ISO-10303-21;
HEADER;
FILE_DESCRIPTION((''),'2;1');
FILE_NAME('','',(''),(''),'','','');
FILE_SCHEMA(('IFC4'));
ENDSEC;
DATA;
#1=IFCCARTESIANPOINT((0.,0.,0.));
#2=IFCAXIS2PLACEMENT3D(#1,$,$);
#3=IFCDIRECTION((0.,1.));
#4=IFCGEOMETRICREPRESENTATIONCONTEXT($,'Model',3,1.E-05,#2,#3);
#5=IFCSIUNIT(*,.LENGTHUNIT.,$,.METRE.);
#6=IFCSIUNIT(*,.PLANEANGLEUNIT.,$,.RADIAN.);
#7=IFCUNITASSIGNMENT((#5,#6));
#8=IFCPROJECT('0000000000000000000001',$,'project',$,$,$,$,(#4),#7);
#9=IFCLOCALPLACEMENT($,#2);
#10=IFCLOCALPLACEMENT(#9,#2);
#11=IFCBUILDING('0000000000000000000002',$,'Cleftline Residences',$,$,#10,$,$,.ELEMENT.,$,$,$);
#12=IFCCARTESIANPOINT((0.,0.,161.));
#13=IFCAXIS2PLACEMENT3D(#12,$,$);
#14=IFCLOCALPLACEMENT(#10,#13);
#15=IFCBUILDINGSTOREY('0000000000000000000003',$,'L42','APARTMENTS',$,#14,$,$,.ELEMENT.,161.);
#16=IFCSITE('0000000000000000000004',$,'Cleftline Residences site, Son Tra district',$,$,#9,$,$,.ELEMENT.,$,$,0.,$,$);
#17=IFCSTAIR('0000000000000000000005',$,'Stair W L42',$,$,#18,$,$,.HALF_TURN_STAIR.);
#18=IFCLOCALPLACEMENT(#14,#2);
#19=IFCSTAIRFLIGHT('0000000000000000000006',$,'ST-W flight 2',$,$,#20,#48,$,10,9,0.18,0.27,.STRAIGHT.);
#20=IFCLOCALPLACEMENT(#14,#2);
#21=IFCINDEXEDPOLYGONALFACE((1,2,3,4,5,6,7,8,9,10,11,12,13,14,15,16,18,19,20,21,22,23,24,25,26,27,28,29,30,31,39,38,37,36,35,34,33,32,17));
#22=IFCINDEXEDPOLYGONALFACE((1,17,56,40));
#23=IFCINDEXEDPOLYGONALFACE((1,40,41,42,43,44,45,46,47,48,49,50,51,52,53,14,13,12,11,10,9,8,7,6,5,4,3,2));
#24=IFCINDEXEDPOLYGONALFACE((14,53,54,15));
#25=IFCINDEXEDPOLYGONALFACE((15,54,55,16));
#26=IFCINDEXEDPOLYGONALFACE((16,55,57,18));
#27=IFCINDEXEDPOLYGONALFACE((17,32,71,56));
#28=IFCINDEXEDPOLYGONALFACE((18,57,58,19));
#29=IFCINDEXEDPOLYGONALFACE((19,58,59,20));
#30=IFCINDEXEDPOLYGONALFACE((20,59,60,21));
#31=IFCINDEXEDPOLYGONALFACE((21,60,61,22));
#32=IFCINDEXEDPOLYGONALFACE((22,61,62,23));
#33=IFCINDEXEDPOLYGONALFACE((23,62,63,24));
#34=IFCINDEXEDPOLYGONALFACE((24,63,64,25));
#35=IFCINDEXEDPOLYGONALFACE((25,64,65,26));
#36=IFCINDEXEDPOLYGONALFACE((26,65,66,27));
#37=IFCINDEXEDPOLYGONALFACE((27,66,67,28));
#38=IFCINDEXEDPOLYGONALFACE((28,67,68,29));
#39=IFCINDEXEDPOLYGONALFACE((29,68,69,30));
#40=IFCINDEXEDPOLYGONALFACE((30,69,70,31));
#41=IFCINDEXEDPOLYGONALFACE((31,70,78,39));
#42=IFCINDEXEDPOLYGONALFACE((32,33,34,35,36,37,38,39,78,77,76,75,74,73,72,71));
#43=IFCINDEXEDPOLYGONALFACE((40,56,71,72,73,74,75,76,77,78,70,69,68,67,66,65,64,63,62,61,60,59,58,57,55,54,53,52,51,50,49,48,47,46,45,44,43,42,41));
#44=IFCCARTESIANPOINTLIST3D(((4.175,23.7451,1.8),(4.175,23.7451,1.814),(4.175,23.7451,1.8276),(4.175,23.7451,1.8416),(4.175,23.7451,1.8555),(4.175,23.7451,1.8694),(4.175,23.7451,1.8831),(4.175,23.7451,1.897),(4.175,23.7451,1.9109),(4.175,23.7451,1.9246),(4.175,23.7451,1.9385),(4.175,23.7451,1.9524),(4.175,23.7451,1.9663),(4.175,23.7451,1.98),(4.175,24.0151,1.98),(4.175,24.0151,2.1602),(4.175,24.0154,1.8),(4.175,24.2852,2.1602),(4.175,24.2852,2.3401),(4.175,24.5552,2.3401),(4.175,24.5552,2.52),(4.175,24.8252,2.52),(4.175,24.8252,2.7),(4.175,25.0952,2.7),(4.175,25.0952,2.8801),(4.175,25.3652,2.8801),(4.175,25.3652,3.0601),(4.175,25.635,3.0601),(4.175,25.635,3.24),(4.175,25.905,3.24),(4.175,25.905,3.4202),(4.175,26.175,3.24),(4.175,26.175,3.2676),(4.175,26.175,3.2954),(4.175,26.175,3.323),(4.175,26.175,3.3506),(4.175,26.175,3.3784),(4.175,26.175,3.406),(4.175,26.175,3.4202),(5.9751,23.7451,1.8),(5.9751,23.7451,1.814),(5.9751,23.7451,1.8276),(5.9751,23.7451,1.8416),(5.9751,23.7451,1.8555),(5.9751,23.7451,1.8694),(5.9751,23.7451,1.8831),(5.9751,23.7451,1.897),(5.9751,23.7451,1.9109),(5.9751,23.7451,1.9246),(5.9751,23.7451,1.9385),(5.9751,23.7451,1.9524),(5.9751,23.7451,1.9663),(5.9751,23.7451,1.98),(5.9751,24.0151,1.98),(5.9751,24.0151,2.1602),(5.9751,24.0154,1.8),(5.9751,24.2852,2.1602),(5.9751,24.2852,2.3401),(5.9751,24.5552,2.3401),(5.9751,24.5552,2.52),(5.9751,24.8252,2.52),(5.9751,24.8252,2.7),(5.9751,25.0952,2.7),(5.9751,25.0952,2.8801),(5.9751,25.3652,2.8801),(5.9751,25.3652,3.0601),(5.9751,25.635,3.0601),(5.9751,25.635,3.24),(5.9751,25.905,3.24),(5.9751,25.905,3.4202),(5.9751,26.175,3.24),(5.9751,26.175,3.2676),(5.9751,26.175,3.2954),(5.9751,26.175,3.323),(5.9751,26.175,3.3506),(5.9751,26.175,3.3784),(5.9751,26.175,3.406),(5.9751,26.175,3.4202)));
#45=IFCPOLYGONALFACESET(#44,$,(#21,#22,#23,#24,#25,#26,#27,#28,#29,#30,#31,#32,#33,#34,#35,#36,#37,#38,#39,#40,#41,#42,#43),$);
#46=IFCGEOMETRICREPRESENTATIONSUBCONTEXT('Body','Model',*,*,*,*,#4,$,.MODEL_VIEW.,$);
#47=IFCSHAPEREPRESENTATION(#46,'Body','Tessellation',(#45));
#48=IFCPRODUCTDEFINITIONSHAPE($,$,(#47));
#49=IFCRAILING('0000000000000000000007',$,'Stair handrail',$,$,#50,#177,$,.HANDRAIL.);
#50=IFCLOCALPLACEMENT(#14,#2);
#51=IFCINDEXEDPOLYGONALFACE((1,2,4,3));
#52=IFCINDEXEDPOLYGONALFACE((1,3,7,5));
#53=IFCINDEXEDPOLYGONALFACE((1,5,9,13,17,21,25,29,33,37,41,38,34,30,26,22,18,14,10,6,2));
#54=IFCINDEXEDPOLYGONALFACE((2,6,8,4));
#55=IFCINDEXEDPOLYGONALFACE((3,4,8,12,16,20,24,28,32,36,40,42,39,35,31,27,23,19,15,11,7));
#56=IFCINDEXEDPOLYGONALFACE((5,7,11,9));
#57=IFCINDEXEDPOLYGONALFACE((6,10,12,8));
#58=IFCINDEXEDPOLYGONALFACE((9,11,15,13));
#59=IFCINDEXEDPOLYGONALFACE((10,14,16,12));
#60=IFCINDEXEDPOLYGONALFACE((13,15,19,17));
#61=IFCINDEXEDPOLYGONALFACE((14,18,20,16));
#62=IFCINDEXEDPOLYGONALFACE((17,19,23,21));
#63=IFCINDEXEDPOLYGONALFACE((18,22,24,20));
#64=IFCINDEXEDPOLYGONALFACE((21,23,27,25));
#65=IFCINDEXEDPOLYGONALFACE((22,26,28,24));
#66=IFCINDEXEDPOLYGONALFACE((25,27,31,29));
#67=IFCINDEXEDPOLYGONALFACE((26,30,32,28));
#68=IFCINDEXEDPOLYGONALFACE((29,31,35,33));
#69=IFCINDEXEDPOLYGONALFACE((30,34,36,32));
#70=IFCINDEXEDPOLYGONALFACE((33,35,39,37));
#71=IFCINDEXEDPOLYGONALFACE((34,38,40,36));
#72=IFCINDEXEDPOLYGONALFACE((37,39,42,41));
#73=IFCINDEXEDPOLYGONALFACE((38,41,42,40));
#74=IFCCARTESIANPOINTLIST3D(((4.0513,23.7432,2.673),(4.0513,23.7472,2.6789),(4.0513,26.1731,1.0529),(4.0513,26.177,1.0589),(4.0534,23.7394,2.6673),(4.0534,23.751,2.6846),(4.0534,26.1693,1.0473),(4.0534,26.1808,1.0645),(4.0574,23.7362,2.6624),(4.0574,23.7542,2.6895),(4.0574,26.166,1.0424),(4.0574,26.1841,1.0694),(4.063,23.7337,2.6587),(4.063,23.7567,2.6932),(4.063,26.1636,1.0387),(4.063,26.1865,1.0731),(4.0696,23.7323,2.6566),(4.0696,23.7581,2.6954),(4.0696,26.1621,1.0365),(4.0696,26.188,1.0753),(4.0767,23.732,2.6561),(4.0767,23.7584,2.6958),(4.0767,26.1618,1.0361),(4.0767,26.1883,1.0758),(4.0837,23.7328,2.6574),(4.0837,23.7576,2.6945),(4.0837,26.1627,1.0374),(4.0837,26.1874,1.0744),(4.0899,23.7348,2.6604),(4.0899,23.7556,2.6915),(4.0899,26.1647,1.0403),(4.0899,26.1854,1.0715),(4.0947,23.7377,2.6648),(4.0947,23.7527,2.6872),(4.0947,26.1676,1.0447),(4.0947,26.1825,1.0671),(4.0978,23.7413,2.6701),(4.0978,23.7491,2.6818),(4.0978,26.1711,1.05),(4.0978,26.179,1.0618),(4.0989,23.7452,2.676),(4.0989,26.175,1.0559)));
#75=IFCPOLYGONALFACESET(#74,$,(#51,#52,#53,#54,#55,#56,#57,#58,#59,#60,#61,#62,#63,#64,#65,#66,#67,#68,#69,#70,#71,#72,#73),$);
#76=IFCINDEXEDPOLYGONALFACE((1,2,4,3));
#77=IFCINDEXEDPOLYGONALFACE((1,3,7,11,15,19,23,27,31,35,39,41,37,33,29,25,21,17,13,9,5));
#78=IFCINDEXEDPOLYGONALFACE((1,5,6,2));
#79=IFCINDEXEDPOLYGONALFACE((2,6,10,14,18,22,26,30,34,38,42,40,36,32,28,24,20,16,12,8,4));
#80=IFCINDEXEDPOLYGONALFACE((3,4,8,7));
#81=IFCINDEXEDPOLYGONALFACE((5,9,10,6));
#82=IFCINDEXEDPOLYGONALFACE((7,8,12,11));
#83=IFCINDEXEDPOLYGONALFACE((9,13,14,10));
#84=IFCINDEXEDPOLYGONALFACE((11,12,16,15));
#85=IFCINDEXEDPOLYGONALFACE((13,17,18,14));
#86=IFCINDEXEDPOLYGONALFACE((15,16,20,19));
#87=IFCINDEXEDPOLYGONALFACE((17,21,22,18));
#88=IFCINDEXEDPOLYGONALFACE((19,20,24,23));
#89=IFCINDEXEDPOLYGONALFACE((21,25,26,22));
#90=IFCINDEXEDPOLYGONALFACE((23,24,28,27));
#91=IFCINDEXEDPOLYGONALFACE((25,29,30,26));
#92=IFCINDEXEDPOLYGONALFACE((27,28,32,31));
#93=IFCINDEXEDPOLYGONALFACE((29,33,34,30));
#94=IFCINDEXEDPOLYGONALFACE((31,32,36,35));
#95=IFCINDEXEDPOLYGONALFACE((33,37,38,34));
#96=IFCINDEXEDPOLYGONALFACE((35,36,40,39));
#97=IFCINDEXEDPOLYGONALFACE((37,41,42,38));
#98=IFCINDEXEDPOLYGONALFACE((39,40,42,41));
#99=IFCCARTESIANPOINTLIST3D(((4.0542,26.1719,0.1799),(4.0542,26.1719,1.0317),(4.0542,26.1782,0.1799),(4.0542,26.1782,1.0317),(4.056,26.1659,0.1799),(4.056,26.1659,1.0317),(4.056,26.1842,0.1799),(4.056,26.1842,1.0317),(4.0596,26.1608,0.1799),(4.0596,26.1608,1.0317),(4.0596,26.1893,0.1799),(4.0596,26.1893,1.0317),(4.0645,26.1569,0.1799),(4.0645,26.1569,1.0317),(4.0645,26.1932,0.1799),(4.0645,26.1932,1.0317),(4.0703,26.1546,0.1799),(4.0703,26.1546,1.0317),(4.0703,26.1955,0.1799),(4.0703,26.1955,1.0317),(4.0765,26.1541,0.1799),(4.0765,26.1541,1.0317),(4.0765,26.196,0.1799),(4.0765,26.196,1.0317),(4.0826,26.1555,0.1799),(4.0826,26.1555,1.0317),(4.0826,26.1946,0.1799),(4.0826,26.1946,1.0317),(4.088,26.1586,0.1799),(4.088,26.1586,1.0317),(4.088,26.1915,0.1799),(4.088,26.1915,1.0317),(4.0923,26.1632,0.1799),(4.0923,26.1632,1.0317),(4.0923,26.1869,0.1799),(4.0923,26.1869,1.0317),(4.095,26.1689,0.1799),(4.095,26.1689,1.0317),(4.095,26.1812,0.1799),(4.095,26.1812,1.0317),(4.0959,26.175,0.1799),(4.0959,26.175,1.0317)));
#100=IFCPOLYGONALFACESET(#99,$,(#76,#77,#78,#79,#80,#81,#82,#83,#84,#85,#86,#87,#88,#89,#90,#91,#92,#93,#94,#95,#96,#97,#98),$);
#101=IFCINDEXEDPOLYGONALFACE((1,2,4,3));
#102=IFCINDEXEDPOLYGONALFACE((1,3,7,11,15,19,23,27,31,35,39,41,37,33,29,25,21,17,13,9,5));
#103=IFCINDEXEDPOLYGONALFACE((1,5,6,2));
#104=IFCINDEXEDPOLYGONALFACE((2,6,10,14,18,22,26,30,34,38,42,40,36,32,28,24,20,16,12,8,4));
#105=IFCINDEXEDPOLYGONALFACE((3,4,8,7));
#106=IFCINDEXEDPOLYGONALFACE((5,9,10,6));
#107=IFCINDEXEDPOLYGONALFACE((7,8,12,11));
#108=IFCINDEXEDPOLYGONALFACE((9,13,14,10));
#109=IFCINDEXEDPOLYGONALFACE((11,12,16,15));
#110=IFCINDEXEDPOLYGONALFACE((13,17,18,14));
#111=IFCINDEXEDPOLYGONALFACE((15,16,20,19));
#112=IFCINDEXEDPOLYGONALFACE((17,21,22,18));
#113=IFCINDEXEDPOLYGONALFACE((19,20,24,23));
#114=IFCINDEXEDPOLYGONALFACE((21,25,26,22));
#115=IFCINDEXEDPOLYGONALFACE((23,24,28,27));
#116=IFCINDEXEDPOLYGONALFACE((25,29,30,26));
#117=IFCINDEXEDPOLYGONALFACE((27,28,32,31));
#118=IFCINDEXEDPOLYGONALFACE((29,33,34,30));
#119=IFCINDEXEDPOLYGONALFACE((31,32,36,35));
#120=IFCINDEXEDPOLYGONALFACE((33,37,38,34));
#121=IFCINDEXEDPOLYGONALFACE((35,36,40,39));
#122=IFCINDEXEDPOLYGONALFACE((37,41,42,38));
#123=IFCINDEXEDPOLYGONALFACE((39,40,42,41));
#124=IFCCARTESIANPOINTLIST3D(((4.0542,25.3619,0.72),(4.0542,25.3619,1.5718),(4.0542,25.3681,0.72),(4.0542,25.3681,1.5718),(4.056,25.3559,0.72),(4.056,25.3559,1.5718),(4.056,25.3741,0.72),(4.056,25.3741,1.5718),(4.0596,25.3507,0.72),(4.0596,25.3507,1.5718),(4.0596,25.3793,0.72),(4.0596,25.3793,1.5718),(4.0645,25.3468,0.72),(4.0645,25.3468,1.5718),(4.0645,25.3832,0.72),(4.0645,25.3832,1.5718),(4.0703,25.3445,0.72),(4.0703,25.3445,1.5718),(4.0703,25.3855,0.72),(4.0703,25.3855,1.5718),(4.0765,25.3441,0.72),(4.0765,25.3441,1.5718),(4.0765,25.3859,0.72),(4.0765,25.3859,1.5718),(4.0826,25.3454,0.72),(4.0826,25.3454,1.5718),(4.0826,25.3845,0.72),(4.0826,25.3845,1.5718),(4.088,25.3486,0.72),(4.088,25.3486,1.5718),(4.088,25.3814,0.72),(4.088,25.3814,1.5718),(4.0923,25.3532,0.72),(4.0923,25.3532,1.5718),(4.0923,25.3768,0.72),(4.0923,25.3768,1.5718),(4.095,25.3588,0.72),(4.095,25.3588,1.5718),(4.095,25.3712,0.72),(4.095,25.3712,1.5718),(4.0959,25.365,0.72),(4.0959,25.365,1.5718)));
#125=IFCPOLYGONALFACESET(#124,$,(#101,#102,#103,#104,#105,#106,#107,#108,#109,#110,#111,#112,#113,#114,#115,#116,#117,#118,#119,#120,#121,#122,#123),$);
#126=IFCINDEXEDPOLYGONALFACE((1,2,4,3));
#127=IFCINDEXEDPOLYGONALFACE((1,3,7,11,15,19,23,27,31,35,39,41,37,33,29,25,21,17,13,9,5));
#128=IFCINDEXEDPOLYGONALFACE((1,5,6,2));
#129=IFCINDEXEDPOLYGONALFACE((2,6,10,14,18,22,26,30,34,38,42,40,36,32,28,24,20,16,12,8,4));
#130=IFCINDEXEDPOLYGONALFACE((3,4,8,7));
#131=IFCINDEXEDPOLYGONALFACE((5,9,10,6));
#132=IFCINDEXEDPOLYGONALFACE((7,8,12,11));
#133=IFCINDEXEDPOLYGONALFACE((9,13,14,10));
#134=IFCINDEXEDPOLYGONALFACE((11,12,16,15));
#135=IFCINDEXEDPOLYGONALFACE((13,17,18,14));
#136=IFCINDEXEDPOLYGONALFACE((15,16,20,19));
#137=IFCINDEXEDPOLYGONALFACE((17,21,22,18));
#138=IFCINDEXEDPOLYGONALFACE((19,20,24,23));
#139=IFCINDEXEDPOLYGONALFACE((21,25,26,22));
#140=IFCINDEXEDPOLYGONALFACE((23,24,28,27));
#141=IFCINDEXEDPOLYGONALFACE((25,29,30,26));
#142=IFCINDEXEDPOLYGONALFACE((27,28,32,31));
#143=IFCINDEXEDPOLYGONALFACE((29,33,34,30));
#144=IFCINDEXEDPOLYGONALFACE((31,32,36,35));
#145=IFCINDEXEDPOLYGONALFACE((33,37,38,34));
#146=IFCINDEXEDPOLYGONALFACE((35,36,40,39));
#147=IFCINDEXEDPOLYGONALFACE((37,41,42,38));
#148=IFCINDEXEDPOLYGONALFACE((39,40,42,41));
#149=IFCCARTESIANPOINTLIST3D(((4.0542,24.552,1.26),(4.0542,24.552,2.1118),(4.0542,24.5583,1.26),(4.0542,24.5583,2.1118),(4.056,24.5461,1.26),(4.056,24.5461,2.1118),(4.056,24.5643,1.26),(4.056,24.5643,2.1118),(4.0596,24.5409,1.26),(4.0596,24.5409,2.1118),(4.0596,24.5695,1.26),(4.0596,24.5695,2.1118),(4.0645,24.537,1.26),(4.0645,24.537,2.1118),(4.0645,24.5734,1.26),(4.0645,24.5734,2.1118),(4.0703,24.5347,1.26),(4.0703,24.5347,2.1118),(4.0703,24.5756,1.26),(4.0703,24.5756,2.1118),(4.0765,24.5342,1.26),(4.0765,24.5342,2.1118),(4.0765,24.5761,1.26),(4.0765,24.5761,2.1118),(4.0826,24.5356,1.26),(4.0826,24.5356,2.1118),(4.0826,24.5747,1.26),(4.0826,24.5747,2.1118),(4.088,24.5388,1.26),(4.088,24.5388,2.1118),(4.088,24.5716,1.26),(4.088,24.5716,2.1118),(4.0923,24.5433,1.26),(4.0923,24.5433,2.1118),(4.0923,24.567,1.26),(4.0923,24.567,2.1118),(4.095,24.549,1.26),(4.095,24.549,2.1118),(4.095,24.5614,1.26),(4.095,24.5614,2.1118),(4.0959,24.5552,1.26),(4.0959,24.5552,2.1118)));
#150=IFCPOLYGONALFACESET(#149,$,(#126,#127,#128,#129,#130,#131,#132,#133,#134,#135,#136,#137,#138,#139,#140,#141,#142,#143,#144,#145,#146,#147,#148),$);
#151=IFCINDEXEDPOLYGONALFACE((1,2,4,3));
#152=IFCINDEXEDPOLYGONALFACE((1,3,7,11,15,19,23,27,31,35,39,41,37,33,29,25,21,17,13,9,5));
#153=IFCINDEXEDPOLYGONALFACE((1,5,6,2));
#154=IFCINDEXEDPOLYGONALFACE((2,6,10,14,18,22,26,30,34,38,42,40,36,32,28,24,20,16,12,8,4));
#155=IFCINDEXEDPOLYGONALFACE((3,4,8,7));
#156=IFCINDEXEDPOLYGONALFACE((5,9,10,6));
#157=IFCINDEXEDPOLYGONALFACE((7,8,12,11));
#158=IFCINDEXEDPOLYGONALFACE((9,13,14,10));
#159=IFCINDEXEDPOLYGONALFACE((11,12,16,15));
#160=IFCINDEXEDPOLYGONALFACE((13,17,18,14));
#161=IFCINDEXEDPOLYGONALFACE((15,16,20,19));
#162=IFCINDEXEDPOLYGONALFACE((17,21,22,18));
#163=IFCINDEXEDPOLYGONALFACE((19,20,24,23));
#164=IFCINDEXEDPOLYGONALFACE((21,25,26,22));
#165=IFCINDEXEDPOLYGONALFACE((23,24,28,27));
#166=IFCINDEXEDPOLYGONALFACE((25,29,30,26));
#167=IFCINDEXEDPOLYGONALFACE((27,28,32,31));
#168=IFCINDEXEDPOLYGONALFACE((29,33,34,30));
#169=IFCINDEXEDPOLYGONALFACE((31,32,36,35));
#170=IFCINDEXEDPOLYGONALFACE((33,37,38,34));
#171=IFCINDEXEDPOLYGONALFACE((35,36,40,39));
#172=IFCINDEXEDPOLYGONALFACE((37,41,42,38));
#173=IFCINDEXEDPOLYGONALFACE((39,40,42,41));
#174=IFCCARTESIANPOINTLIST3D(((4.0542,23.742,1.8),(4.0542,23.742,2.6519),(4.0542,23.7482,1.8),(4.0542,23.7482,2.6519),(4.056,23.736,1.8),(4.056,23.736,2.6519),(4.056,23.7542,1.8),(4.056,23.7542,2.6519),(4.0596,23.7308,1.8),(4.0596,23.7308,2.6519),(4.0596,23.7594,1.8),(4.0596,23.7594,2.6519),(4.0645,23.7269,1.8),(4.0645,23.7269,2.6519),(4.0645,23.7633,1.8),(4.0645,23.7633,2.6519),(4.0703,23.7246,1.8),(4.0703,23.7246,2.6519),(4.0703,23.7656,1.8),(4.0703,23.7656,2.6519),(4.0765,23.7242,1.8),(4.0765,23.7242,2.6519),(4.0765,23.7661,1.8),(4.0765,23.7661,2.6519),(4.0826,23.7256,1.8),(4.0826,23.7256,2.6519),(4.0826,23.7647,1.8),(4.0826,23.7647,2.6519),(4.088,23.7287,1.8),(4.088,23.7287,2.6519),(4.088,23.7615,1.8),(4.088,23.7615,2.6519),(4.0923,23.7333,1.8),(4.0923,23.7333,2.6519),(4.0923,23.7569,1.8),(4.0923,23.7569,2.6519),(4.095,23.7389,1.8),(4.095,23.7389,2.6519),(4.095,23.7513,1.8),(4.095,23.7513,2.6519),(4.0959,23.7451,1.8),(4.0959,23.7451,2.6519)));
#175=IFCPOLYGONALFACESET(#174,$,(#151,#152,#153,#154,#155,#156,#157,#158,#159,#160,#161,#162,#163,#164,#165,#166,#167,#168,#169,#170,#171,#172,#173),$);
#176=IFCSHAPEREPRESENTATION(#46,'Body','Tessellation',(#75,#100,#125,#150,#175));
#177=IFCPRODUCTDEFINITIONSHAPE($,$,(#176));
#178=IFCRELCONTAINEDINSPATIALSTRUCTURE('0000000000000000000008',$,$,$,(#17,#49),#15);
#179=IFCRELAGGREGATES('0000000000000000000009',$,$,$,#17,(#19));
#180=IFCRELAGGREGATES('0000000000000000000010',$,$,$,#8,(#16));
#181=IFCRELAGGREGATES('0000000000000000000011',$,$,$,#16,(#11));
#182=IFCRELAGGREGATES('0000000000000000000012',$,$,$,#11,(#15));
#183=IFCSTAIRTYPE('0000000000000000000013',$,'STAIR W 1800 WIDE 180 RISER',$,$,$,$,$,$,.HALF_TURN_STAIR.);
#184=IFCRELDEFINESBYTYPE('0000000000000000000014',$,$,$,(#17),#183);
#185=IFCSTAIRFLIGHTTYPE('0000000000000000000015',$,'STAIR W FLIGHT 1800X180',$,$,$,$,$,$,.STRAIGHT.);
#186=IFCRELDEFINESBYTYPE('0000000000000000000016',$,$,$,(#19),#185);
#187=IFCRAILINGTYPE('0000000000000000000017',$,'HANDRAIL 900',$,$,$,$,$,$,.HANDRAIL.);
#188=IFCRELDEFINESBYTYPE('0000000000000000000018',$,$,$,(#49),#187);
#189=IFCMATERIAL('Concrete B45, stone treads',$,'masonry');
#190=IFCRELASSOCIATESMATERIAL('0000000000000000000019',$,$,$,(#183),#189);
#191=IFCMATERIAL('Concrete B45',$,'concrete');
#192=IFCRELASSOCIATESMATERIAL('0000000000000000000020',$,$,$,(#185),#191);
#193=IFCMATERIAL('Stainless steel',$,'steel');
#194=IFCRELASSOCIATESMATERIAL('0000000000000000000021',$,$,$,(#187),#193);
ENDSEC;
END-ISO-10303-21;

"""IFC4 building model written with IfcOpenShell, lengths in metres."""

from ifc_helpers import new_model, si_unit, direction, frame, origin, origin_2d, place, context, subcontext, project, spatial, polyline, circle, outline, extrude, material, type_object, element, aggregate, save


model = new_model("IFC4")

# Units and contexts
model_context = context("Model", 3, precision=1e-05, world=origin(), true_north=direction((0.0, 1.0)))
body_context = subcontext(model_context, "Body", "Model", "MODEL_VIEW")
ifc_project = project(units=[si_unit("LENGTHUNIT", "METRE"), si_unit("PLANEANGLEUNIT", "RADIAN")], contexts=[model_context])

# Site, building, storey
site_placement = place(None, origin())
site = spatial("IfcSite", under=ifc_project, at=site_placement, Name="Cleftline Residences site, Son Tra district", CompositionType="ELEMENT", RefElevation=0.0)
building_placement = place(site_placement, origin())
building = spatial("IfcBuilding", under=site, at=building_placement, Name="Cleftline Residences", CompositionType="ELEMENT")
storey_placement = place(building_placement, frame((0.0, 0.0, 161.0)))
storey = spatial("IfcBuildingStorey", under=building, at=storey_placement, Name="L42", Description="APARTMENTS", CompositionType="ELEMENT", Elevation=161.0)

# Stair, stair flight
ifc_material_1 = material(Name="Concrete B45, stone treads", Category="masonry")
stair_type = type_object("IfcStairType", Name="STAIR W 1800 WIDE 180 RISER", PredefinedType="HALF_TURN_STAIR", material=ifc_material_1)
stair_placement = place(storey_placement, origin())
stair = element("IfcStair", 1, at=stair_placement, inside=storey, type_object=stair_type, Name="Stair W L42", PredefinedType="HALF_TURN_STAIR")
ifc_material_2 = material(Name="Concrete B45", Category="concrete")
stair_flight_type = type_object("IfcStairFlightType", Name="STAIR W FLIGHT 1800X180", PredefinedType="STRAIGHT", material=ifc_material_2)
stair_flight_1_placement = place(storey_placement, frame((5.075, 23.7451, 1.8), z_axis=(0.0, 0.0, 1.0), x_axis=(0.0, 1.0, 0.0)))
stair_flight_1 = element("IfcStairFlight", 2, at=stair_flight_1_placement, type_object=stair_flight_type, Name="ST-W flight 2", NumberOfRisers=10, NumberOfTreads=9, PredefinedType="STRAIGHT", RiserHeight=0.18, TreadLength=0.27, context=body_context, shape_type="SweptSolid", body=[
    extrude(outline(polyline([(0.0, 0.0), (0.0, 0.0139), (0.0, 0.0276), (0.0, 0.0415), (0.0, 0.0554), (0.0, 0.0693), (0.0, 0.083), (0.0, 0.0969), (0.0, 0.1108), (0.0, 0.1245), (0.0, 0.1384), (0.0, 0.1523), (0.0, 0.1663), (0.0, 0.1799), (0.27, 0.1799), (0.27, 0.3601), (0.54, 0.3601), (0.54, 0.54), (0.8101, 0.54), (0.8101, 0.72), (1.0801, 0.72), (1.0801, 0.8999), (1.3501, 0.8999), (1.3501, 1.0801), (1.6201, 1.0801), (1.6201, 1.26), (1.8899, 1.26), (1.8899, 1.4399), (2.1599, 1.4399), (2.1599, 1.6201), (2.4299, 1.6201), (2.4299, 1.8), (2.4299, 1.7722), (2.4299, 1.7446), (2.4299, 1.7168), (2.4299, 1.6892), (2.4299, 1.6614), (2.4299, 1.6338), (2.4299, 1.606), (2.4299, 1.5784), (2.4299, 1.5505), (2.4299, 1.5229), (2.4299, 1.4954), (2.4299, 1.4675), (2.4299, 1.4399), (0.2703, 0.0), (0.0, 0.0)])), frame((0.0, 0.8999, 0.0), z_axis=(0.0, -1.0, 0.0), x_axis=(1.0, 0.0, 0.0)), (0.0, 0.0, 1.0), 1.8),
])
aggregate(stair, [stair_flight_1])

# Railing
ifc_material_3 = material(Name="Stainless steel", Category="steel")
railing_type = type_object("IfcRailingType", Name="HANDRAIL 900", PredefinedType="HANDRAIL", material=ifc_material_3)
railing_1_placement = place(storey_placement, frame((4.075, 26.175, 0.1799)))
element("IfcRailing", 3, at=railing_1_placement, inside=storey, type_object=railing_type, Name="Stair handrail", PredefinedType="HANDRAIL", context=body_context, shape_type="SweptSolid", body=[
    extrude(circle(Radius=0.0239, at=origin_2d()), frame((0.0, 0.0, 0.876), z_axis=(0.0, -0.832025, 0.554739), x_axis=(1.0, 0.0, 0.0)), (0.0, 0.0, 1.0), 2.9204),
    extrude(circle(Radius=0.021, at=origin_2d()), origin(), (0.0, 0.0, 1.0), 0.8518),
    extrude(circle(Radius=0.021, at=origin_2d()), frame((0.0, -0.8101, 0.54)), (0.0, 0.0, 1.0), 0.8518),
    extrude(circle(Radius=0.021, at=origin_2d()), frame((0.0, -1.6199, 1.0801)), (0.0, 0.0, 1.0), 0.8518),
    extrude(circle(Radius=0.021, at=origin_2d()), frame((0.0, -2.4299, 1.6201)), (0.0, 0.0, 1.0), 0.8518),
])

save(model, "model.ifc")
